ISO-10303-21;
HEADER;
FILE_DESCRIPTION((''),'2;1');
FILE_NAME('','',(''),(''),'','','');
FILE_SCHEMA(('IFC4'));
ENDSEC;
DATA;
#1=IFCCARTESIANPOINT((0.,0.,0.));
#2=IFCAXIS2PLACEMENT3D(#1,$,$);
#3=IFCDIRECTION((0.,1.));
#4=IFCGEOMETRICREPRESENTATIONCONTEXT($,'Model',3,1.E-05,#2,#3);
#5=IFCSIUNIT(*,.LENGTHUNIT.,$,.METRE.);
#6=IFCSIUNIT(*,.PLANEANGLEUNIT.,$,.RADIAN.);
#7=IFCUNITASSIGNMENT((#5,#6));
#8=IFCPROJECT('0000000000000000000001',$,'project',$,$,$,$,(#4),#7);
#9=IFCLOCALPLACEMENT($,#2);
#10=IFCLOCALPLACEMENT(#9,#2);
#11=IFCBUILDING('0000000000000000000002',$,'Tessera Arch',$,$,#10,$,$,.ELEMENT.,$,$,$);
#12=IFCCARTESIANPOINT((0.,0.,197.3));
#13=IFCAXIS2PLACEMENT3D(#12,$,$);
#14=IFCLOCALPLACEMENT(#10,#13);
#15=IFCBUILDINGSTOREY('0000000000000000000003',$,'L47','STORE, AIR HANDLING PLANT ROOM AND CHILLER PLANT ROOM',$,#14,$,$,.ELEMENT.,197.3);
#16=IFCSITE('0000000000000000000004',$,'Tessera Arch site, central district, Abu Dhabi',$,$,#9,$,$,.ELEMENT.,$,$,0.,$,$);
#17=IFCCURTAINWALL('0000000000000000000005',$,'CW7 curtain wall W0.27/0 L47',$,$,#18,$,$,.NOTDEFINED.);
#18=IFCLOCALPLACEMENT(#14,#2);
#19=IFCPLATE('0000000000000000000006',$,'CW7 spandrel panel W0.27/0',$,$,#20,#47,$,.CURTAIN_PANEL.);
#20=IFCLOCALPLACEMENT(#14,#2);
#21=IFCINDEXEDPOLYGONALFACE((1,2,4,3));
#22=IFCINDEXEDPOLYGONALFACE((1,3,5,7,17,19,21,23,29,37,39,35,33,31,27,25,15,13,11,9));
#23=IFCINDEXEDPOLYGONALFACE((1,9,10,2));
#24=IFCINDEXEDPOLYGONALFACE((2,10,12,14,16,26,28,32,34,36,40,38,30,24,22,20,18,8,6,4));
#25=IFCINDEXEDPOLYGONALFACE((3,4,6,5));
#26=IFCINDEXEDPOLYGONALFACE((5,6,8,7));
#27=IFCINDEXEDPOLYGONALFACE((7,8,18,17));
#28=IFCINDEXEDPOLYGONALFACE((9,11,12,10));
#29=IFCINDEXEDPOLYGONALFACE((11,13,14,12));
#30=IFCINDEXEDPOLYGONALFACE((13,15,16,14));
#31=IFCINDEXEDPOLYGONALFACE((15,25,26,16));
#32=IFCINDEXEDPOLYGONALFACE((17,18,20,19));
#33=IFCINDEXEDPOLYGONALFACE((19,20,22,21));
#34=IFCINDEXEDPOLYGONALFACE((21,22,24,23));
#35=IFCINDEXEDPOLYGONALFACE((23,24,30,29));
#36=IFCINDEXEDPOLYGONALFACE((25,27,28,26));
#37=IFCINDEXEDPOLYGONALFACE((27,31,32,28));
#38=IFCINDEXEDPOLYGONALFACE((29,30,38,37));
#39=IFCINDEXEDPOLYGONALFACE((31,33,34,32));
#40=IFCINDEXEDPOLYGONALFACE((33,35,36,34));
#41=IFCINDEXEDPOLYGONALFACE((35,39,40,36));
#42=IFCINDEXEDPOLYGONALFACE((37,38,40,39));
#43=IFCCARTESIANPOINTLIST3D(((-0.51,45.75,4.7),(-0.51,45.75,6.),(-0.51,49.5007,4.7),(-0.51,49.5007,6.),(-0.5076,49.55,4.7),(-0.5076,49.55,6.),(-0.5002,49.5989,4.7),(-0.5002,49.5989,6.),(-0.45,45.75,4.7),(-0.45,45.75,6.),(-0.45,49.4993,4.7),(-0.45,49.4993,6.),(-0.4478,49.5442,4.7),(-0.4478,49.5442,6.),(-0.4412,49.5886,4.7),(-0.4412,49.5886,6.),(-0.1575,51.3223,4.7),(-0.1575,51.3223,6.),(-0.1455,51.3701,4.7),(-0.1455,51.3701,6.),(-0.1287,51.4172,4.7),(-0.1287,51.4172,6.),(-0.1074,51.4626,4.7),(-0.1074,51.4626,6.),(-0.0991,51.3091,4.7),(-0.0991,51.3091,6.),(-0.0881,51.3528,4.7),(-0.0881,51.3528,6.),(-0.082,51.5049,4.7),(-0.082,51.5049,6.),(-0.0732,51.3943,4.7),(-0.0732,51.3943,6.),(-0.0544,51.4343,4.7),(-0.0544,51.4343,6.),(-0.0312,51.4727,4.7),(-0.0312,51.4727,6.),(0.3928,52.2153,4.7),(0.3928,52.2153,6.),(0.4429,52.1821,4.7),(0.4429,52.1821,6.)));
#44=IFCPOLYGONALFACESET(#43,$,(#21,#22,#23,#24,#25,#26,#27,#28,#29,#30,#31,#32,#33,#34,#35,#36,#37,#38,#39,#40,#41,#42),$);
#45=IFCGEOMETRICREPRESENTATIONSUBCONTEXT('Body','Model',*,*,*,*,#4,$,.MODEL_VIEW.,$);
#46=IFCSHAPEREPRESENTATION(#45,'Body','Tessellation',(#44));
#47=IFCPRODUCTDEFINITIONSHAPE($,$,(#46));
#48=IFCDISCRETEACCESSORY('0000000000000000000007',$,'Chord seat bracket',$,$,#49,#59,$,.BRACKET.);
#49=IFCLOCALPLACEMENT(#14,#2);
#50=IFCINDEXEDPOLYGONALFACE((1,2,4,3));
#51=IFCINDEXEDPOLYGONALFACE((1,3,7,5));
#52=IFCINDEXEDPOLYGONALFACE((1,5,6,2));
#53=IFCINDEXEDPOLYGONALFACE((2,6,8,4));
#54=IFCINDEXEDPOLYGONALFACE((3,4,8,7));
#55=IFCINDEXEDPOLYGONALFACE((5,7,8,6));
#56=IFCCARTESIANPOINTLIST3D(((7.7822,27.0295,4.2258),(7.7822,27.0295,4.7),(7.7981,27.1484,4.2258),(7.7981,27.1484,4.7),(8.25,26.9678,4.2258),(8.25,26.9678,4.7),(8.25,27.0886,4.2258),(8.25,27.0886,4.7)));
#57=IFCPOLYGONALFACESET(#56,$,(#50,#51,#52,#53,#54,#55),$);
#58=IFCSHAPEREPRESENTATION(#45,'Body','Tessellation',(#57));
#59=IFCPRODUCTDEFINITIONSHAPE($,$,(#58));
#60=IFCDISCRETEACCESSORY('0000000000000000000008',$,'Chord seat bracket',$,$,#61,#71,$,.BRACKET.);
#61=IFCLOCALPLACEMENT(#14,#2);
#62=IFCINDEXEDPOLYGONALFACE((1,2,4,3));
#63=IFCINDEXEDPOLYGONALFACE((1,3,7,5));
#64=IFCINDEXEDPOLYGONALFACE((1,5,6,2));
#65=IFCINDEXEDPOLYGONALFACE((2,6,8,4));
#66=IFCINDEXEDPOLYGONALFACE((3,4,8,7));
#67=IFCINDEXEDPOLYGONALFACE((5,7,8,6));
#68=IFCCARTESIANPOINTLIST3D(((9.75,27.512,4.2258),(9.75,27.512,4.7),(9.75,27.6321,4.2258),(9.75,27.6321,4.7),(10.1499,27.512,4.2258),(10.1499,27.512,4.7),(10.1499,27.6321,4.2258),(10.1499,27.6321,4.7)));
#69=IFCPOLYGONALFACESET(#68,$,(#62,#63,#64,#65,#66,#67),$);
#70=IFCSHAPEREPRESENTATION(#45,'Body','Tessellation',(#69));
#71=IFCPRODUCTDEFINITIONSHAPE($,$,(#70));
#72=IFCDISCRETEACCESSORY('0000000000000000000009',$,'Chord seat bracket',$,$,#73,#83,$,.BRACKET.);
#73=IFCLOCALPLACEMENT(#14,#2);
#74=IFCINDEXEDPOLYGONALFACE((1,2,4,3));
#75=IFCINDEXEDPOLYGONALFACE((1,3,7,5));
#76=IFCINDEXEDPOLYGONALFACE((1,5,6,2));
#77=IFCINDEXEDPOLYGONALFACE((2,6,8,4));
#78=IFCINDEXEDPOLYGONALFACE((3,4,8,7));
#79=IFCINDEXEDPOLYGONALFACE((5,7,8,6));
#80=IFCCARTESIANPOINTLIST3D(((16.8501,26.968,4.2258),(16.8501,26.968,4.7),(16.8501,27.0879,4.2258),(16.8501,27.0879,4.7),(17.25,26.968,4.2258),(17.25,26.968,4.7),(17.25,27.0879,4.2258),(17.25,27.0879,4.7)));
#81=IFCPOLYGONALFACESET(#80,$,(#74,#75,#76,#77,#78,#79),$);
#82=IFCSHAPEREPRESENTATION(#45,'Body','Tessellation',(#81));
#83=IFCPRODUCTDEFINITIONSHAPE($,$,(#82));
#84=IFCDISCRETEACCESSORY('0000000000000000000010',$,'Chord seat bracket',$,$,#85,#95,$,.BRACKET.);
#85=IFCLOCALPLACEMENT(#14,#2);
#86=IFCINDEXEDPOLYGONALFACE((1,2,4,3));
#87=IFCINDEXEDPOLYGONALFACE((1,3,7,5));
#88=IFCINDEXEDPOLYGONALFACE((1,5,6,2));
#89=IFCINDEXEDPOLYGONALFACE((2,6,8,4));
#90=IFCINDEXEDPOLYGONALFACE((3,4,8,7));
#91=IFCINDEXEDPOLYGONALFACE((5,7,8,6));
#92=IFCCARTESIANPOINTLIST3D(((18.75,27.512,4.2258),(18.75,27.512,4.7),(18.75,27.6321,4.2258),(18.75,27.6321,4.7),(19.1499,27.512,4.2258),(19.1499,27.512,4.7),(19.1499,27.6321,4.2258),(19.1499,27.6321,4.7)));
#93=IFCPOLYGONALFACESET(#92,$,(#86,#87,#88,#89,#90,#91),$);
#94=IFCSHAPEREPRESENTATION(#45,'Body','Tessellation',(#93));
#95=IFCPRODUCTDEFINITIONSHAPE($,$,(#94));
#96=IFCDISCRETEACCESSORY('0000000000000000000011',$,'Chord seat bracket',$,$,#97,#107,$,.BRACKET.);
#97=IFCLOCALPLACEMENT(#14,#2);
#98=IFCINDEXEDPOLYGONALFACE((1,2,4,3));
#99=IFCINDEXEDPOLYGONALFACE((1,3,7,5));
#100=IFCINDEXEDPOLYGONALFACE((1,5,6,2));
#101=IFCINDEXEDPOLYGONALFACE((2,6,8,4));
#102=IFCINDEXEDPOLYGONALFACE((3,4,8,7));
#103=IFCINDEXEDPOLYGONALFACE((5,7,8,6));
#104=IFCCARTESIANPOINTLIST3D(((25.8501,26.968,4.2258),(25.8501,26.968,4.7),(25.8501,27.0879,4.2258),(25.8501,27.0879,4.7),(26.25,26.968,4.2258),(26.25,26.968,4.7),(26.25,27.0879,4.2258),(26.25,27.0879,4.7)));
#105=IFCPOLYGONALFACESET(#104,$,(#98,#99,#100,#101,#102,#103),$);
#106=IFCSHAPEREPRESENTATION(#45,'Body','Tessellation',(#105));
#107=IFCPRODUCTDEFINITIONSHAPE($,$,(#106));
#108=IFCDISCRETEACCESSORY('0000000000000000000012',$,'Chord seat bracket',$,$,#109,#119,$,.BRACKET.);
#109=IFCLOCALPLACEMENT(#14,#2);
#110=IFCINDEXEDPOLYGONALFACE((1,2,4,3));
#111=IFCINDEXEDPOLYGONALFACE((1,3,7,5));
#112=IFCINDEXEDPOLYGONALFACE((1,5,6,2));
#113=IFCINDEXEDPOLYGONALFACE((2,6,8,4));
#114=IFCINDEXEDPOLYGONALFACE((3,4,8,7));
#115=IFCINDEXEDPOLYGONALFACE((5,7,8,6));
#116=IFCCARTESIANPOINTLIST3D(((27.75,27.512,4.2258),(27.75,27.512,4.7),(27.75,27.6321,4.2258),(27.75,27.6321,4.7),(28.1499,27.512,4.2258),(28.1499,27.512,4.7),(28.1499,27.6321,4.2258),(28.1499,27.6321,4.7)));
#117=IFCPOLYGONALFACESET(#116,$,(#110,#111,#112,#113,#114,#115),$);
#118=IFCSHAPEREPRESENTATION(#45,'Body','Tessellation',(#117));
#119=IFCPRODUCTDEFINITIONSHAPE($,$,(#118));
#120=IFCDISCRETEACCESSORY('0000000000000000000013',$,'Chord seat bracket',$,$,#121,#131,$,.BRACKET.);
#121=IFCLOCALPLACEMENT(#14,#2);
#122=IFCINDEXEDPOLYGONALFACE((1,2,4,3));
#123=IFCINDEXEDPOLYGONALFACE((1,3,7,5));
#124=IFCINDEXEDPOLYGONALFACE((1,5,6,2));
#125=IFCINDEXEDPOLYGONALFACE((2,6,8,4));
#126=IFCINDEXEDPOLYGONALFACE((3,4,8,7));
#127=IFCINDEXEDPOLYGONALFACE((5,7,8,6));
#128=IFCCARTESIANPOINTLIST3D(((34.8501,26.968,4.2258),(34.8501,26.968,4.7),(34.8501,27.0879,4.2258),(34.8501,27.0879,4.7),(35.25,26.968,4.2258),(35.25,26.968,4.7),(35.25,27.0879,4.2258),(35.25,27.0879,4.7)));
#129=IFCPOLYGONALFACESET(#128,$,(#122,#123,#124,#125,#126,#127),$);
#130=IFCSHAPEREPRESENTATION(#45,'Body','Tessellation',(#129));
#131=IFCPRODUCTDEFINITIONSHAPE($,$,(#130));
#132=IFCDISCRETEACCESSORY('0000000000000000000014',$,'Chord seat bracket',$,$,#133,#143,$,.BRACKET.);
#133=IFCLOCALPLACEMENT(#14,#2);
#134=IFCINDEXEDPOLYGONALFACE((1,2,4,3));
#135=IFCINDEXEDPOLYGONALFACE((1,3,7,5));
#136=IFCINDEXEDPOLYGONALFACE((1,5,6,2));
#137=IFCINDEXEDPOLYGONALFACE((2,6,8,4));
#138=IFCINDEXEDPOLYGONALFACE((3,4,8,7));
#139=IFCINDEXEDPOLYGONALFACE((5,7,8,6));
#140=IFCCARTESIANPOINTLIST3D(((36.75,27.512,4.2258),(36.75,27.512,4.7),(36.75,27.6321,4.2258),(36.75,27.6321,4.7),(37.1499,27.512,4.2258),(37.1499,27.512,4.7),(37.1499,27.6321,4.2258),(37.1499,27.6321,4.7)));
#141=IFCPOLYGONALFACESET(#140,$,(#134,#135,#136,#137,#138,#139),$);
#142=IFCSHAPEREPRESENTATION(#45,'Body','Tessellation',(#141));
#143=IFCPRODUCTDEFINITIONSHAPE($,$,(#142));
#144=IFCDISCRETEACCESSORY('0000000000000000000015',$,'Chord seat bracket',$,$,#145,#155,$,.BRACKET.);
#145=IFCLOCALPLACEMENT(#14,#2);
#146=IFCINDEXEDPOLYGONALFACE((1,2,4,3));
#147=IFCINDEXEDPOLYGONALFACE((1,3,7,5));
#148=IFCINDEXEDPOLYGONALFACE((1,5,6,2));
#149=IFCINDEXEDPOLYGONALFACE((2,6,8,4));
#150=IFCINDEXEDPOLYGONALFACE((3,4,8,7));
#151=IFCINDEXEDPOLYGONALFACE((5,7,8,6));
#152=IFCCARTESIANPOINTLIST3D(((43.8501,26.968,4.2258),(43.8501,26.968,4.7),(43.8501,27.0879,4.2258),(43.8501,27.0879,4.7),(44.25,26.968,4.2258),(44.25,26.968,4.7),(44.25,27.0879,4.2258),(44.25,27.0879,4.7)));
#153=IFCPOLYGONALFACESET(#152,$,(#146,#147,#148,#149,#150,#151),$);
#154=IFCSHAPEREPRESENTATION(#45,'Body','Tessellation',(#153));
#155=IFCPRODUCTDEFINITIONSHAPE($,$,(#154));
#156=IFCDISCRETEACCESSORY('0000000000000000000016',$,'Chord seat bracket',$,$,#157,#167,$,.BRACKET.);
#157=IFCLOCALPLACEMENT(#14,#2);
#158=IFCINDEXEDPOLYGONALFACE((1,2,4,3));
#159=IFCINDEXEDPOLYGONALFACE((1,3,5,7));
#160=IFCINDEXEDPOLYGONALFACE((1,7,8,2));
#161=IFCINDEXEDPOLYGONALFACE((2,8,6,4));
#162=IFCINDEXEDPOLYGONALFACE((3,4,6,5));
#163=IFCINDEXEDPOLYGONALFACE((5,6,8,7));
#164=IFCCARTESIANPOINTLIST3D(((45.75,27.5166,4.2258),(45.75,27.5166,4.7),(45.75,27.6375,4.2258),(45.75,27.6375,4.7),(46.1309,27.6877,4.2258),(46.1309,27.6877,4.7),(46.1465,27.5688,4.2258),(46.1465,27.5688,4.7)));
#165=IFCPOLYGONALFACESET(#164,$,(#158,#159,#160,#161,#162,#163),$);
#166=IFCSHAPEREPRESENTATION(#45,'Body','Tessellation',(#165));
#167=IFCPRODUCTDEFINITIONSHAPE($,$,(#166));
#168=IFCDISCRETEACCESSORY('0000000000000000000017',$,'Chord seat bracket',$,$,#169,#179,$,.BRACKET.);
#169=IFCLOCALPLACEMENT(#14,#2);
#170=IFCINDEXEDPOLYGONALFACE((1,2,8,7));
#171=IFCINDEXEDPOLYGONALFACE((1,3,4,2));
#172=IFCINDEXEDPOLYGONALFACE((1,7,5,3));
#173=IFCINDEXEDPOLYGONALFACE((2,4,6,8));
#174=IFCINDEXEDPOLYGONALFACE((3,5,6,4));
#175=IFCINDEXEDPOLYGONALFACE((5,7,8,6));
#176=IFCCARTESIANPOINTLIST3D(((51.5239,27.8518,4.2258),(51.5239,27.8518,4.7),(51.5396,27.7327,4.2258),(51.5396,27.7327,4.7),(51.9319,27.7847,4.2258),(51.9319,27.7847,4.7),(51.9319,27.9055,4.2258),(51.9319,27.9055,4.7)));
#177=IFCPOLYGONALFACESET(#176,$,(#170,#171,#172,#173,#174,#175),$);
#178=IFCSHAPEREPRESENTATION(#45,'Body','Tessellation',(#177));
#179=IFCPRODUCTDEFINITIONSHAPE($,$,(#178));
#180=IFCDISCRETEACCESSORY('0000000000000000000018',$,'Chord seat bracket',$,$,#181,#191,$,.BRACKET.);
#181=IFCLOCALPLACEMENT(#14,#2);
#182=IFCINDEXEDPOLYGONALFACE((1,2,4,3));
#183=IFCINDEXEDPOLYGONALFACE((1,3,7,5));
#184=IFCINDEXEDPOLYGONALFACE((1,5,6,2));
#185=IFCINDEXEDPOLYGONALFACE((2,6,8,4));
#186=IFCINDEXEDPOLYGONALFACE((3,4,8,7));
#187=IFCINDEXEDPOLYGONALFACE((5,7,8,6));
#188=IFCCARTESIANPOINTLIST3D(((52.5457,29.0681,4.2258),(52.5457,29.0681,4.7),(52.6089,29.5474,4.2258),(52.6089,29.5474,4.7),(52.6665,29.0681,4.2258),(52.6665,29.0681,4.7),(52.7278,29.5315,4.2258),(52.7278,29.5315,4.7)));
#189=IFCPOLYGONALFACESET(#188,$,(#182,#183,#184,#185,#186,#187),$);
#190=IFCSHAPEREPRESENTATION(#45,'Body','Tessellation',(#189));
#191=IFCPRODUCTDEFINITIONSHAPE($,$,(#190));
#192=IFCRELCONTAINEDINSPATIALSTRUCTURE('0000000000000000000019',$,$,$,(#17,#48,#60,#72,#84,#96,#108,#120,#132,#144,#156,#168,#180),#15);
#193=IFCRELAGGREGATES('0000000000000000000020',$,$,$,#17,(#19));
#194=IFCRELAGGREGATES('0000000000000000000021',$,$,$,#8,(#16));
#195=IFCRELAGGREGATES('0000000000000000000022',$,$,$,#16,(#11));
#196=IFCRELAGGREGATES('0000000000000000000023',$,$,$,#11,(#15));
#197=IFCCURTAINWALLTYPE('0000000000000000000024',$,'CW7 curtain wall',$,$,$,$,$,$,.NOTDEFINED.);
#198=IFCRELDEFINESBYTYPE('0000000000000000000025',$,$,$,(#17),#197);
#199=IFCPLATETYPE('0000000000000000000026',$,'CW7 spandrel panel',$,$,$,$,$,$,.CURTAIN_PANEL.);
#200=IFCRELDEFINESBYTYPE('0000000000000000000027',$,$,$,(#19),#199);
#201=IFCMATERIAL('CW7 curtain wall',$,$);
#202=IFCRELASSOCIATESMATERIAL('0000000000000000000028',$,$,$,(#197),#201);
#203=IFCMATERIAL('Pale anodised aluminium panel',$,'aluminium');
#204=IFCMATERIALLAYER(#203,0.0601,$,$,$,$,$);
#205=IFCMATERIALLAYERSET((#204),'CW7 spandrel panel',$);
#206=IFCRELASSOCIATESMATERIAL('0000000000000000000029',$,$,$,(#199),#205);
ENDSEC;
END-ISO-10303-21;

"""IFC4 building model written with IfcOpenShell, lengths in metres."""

from ifc_helpers import new_model, si_unit, direction, frame, origin, place, context, subcontext, project, spatial, polyline, outline, extrude, material, layer, layer_set, type_object, element, aggregate, save


model = new_model("IFC4")

# Units and contexts
model_context = context("Model", 3, precision=1e-05, world=origin(), true_north=direction((0.0, 1.0)))
body_context = subcontext(model_context, "Body", "Model", "MODEL_VIEW")
ifc_project = project(units=[si_unit("LENGTHUNIT", "METRE"), si_unit("PLANEANGLEUNIT", "RADIAN")], contexts=[model_context])

# Site, building, storey
site_placement = place(None, origin())
site = spatial("IfcSite", under=ifc_project, at=site_placement, Name="Tessera Arch site, central district, Abu Dhabi", CompositionType="ELEMENT", RefElevation=0.0)
building_placement = place(site_placement, origin())
building = spatial("IfcBuilding", under=site, at=building_placement, Name="Tessera Arch", CompositionType="ELEMENT")
storey_placement = place(building_placement, frame((0.0, 0.0, 197.3)))
storey = spatial("IfcBuildingStorey", under=building, at=storey_placement, Name="L47", Description="STORE, AIR HANDLING PLANT ROOM AND CHILLER PLANT ROOM", CompositionType="ELEMENT", Elevation=197.3)

# Curtain wall
ifc_material_1 = material(Name="CW7 curtain wall")
curtain_wall_type = type_object("IfcCurtainWallType", Name="CW7 curtain wall", PredefinedType="NOTDEFINED", material=ifc_material_1)
curtain_wall_1_placement = place(storey_placement, origin())
curtain_wall_1 = element("IfcCurtainWall", 1, at=curtain_wall_1_placement, inside=storey, type_object=curtain_wall_type, Name="CW7 curtain wall W0.27/0 L47", PredefinedType="NOTDEFINED")

# Plate
ifc_material_2 = material(Name="Pale anodised aluminium panel", Category="aluminium")
ifc_layer = layer(ifc_material_2, 0.0601)
ifc_layer_set = layer_set([ifc_layer], Name="CW7 spandrel panel")
plate_type = type_object("IfcPlateType", Name="CW7 spandrel panel", PredefinedType="CURTAIN_PANEL", material=ifc_layer_set)
plate_1_placement = place(storey_placement, frame((0.0, 0.0, 4.7)))
plate_1 = element("IfcPlate", 2, at=plate_1_placement, type_object=plate_type, Name="CW7 spandrel panel W0.27/0", PredefinedType="CURTAIN_PANEL", context=body_context, shape_type="SweptSolid", body=[
    extrude(outline(polyline([(-0.0312, 51.4727), (0.4429, 52.1821), (0.3928, 52.2153), (-0.082, 51.5049), (-0.1074, 51.4626), (-0.1287, 51.4172), (-0.1455, 51.3701), (-0.1575, 51.3223), (-0.5002, 49.5989), (-0.5076, 49.55), (-0.51, 49.5007), (-0.51, 45.75), (-0.45, 45.75), (-0.45, 49.4993), (-0.4478, 49.5442), (-0.4412, 49.5886), (-0.0991, 51.3091), (-0.0881, 51.3528), (-0.0732, 51.3943), (-0.0544, 51.4343), (-0.0312, 51.4727)])), origin(), (0.0, 0.0, 1.0), 1.3),
])
aggregate(curtain_wall_1, [plate_1])

# Discrete accessories
discrete_accessory_1_placement = place(storey_placement, frame((0.0, 0.0, 4.2258)))
element("IfcDiscreteAccessory", 3, at=discrete_accessory_1_placement, inside=storey, Name="Chord seat bracket", PredefinedType="BRACKET", context=body_context, shape_type="SweptSolid", body=[
    extrude(outline(polyline([(7.7981, 27.1484), (8.25, 27.0886), (8.25, 26.9678), (7.7822, 27.0295), (7.7981, 27.1484)])), origin(), (0.0, 0.0, 1.0), 0.4741),
])
discrete_accessory_2_placement = place(storey_placement, frame((0.0, 0.0, 4.2258)))
element("IfcDiscreteAccessory", 4, at=discrete_accessory_2_placement, inside=storey, Name="Chord seat bracket", PredefinedType="BRACKET", context=body_context, shape_type="SweptSolid", body=[
    extrude(outline(polyline([(10.1499, 27.512), (9.75, 27.512), (9.75, 27.6321), (10.1499, 27.6321), (10.1499, 27.512)])), origin(), (0.0, 0.0, 1.0), 0.4741),
])
discrete_accessory_3_placement = place(storey_placement, frame((0.0, 0.0, 4.2258)))
element("IfcDiscreteAccessory", 5, at=discrete_accessory_3_placement, inside=storey, Name="Chord seat bracket", PredefinedType="BRACKET", context=body_context, shape_type="SweptSolid", body=[
    extrude(outline(polyline([(16.8501, 27.0879), (17.25, 27.0879), (17.25, 26.968), (16.8501, 26.968), (16.8501, 27.0879)])), origin(), (0.0, 0.0, 1.0), 0.4741),
])
discrete_accessory_4_placement = place(storey_placement, frame((0.0, 0.0, 4.2258)))
element("IfcDiscreteAccessory", 6, at=discrete_accessory_4_placement, inside=storey, Name="Chord seat bracket", PredefinedType="BRACKET", context=body_context, shape_type="SweptSolid", body=[
    extrude(outline(polyline([(19.1499, 27.512), (18.75, 27.512), (18.75, 27.6321), (19.1499, 27.6321), (19.1499, 27.512)])), origin(), (0.0, 0.0, 1.0), 0.4741),
])
discrete_accessory_5_placement = place(storey_placement, frame((0.0, 0.0, 4.2258)))
element("IfcDiscreteAccessory", 7, at=discrete_accessory_5_placement, inside=storey, Name="Chord seat bracket", PredefinedType="BRACKET", context=body_context, shape_type="SweptSolid", body=[
    extrude(outline(polyline([(25.8501, 27.0879), (26.25, 27.0879), (26.25, 26.968), (25.8501, 26.968), (25.8501, 27.0879)])), origin(), (0.0, 0.0, 1.0), 0.4741),
])
discrete_accessory_6_placement = place(storey_placement, frame((0.0, 0.0, 4.2258)))
element("IfcDiscreteAccessory", 8, at=discrete_accessory_6_placement, inside=storey, Name="Chord seat bracket", PredefinedType="BRACKET", context=body_context, shape_type="SweptSolid", body=[
    extrude(outline(polyline([(28.1499, 27.512), (27.75, 27.512), (27.75, 27.6321), (28.1499, 27.6321), (28.1499, 27.512)])), origin(), (0.0, 0.0, 1.0), 0.4741),
])
discrete_accessory_7_placement = place(storey_placement, frame((0.0, 0.0, 4.2258)))
element("IfcDiscreteAccessory", 9, at=discrete_accessory_7_placement, inside=storey, Name="Chord seat bracket", PredefinedType="BRACKET", context=body_context, shape_type="SweptSolid", body=[
    extrude(outline(polyline([(34.8501, 27.0879), (35.25, 27.0879), (35.25, 26.968), (34.8501, 26.968), (34.8501, 27.0879)])), origin(), (0.0, 0.0, 1.0), 0.4741),
])
discrete_accessory_8_placement = place(storey_placement, frame((0.0, 0.0, 4.2258)))
element("IfcDiscreteAccessory", 10, at=discrete_accessory_8_placement, inside=storey, Name="Chord seat bracket", PredefinedType="BRACKET", context=body_context, shape_type="SweptSolid", body=[
    extrude(outline(polyline([(37.1499, 27.512), (36.75, 27.512), (36.75, 27.6321), (37.1499, 27.6321), (37.1499, 27.512)])), origin(), (0.0, 0.0, 1.0), 0.4741),
])
discrete_accessory_9_placement = place(storey_placement, frame((0.0, 0.0, 4.2258)))
element("IfcDiscreteAccessory", 11, at=discrete_accessory_9_placement, inside=storey, Name="Chord seat bracket", PredefinedType="BRACKET", context=body_context, shape_type="SweptSolid", body=[
    extrude(outline(polyline([(43.8501, 27.0879), (44.25, 27.0879), (44.25, 26.968), (43.8501, 26.968), (43.8501, 27.0879)])), origin(), (0.0, 0.0, 1.0), 0.4741),
])
discrete_accessory_10_placement = place(storey_placement, frame((0.0, 0.0, 4.2258)))
element("IfcDiscreteAccessory", 12, at=discrete_accessory_10_placement, inside=storey, Name="Chord seat bracket", PredefinedType="BRACKET", context=body_context, shape_type="SweptSolid", body=[
    extrude(outline(polyline([(46.1465, 27.5688), (45.75, 27.5166), (45.75, 27.6375), (46.1309, 27.6877), (46.1465, 27.5688)])), origin(), (0.0, 0.0, 1.0), 0.4741),
])
discrete_accessory_11_placement = place(storey_placement, frame((0.0, 0.0, 4.2258)))
element("IfcDiscreteAccessory", 13, at=discrete_accessory_11_placement, inside=storey, Name="Chord seat bracket", PredefinedType="BRACKET", context=body_context, shape_type="SweptSolid", body=[
    extrude(outline(polyline([(51.5239, 27.8518), (51.9319, 27.9055), (51.9319, 27.7847), (51.5396, 27.7327), (51.5239, 27.8518)])), origin(), (0.0, 0.0, 1.0), 0.4741),
])
discrete_accessory_12_placement = place(storey_placement, frame((0.0, 0.0, 4.2258)))
element("IfcDiscreteAccessory", 14, at=discrete_accessory_12_placement, inside=storey, Name="Chord seat bracket", PredefinedType="BRACKET", context=body_context, shape_type="SweptSolid", body=[
    extrude(outline(polyline([(52.7278, 29.5315), (52.6665, 29.0681), (52.5457, 29.0681), (52.6089, 29.5474), (52.7278, 29.5315)])), origin(), (0.0, 0.0, 1.0), 0.4741),
])

save(model, "model.ifc")
